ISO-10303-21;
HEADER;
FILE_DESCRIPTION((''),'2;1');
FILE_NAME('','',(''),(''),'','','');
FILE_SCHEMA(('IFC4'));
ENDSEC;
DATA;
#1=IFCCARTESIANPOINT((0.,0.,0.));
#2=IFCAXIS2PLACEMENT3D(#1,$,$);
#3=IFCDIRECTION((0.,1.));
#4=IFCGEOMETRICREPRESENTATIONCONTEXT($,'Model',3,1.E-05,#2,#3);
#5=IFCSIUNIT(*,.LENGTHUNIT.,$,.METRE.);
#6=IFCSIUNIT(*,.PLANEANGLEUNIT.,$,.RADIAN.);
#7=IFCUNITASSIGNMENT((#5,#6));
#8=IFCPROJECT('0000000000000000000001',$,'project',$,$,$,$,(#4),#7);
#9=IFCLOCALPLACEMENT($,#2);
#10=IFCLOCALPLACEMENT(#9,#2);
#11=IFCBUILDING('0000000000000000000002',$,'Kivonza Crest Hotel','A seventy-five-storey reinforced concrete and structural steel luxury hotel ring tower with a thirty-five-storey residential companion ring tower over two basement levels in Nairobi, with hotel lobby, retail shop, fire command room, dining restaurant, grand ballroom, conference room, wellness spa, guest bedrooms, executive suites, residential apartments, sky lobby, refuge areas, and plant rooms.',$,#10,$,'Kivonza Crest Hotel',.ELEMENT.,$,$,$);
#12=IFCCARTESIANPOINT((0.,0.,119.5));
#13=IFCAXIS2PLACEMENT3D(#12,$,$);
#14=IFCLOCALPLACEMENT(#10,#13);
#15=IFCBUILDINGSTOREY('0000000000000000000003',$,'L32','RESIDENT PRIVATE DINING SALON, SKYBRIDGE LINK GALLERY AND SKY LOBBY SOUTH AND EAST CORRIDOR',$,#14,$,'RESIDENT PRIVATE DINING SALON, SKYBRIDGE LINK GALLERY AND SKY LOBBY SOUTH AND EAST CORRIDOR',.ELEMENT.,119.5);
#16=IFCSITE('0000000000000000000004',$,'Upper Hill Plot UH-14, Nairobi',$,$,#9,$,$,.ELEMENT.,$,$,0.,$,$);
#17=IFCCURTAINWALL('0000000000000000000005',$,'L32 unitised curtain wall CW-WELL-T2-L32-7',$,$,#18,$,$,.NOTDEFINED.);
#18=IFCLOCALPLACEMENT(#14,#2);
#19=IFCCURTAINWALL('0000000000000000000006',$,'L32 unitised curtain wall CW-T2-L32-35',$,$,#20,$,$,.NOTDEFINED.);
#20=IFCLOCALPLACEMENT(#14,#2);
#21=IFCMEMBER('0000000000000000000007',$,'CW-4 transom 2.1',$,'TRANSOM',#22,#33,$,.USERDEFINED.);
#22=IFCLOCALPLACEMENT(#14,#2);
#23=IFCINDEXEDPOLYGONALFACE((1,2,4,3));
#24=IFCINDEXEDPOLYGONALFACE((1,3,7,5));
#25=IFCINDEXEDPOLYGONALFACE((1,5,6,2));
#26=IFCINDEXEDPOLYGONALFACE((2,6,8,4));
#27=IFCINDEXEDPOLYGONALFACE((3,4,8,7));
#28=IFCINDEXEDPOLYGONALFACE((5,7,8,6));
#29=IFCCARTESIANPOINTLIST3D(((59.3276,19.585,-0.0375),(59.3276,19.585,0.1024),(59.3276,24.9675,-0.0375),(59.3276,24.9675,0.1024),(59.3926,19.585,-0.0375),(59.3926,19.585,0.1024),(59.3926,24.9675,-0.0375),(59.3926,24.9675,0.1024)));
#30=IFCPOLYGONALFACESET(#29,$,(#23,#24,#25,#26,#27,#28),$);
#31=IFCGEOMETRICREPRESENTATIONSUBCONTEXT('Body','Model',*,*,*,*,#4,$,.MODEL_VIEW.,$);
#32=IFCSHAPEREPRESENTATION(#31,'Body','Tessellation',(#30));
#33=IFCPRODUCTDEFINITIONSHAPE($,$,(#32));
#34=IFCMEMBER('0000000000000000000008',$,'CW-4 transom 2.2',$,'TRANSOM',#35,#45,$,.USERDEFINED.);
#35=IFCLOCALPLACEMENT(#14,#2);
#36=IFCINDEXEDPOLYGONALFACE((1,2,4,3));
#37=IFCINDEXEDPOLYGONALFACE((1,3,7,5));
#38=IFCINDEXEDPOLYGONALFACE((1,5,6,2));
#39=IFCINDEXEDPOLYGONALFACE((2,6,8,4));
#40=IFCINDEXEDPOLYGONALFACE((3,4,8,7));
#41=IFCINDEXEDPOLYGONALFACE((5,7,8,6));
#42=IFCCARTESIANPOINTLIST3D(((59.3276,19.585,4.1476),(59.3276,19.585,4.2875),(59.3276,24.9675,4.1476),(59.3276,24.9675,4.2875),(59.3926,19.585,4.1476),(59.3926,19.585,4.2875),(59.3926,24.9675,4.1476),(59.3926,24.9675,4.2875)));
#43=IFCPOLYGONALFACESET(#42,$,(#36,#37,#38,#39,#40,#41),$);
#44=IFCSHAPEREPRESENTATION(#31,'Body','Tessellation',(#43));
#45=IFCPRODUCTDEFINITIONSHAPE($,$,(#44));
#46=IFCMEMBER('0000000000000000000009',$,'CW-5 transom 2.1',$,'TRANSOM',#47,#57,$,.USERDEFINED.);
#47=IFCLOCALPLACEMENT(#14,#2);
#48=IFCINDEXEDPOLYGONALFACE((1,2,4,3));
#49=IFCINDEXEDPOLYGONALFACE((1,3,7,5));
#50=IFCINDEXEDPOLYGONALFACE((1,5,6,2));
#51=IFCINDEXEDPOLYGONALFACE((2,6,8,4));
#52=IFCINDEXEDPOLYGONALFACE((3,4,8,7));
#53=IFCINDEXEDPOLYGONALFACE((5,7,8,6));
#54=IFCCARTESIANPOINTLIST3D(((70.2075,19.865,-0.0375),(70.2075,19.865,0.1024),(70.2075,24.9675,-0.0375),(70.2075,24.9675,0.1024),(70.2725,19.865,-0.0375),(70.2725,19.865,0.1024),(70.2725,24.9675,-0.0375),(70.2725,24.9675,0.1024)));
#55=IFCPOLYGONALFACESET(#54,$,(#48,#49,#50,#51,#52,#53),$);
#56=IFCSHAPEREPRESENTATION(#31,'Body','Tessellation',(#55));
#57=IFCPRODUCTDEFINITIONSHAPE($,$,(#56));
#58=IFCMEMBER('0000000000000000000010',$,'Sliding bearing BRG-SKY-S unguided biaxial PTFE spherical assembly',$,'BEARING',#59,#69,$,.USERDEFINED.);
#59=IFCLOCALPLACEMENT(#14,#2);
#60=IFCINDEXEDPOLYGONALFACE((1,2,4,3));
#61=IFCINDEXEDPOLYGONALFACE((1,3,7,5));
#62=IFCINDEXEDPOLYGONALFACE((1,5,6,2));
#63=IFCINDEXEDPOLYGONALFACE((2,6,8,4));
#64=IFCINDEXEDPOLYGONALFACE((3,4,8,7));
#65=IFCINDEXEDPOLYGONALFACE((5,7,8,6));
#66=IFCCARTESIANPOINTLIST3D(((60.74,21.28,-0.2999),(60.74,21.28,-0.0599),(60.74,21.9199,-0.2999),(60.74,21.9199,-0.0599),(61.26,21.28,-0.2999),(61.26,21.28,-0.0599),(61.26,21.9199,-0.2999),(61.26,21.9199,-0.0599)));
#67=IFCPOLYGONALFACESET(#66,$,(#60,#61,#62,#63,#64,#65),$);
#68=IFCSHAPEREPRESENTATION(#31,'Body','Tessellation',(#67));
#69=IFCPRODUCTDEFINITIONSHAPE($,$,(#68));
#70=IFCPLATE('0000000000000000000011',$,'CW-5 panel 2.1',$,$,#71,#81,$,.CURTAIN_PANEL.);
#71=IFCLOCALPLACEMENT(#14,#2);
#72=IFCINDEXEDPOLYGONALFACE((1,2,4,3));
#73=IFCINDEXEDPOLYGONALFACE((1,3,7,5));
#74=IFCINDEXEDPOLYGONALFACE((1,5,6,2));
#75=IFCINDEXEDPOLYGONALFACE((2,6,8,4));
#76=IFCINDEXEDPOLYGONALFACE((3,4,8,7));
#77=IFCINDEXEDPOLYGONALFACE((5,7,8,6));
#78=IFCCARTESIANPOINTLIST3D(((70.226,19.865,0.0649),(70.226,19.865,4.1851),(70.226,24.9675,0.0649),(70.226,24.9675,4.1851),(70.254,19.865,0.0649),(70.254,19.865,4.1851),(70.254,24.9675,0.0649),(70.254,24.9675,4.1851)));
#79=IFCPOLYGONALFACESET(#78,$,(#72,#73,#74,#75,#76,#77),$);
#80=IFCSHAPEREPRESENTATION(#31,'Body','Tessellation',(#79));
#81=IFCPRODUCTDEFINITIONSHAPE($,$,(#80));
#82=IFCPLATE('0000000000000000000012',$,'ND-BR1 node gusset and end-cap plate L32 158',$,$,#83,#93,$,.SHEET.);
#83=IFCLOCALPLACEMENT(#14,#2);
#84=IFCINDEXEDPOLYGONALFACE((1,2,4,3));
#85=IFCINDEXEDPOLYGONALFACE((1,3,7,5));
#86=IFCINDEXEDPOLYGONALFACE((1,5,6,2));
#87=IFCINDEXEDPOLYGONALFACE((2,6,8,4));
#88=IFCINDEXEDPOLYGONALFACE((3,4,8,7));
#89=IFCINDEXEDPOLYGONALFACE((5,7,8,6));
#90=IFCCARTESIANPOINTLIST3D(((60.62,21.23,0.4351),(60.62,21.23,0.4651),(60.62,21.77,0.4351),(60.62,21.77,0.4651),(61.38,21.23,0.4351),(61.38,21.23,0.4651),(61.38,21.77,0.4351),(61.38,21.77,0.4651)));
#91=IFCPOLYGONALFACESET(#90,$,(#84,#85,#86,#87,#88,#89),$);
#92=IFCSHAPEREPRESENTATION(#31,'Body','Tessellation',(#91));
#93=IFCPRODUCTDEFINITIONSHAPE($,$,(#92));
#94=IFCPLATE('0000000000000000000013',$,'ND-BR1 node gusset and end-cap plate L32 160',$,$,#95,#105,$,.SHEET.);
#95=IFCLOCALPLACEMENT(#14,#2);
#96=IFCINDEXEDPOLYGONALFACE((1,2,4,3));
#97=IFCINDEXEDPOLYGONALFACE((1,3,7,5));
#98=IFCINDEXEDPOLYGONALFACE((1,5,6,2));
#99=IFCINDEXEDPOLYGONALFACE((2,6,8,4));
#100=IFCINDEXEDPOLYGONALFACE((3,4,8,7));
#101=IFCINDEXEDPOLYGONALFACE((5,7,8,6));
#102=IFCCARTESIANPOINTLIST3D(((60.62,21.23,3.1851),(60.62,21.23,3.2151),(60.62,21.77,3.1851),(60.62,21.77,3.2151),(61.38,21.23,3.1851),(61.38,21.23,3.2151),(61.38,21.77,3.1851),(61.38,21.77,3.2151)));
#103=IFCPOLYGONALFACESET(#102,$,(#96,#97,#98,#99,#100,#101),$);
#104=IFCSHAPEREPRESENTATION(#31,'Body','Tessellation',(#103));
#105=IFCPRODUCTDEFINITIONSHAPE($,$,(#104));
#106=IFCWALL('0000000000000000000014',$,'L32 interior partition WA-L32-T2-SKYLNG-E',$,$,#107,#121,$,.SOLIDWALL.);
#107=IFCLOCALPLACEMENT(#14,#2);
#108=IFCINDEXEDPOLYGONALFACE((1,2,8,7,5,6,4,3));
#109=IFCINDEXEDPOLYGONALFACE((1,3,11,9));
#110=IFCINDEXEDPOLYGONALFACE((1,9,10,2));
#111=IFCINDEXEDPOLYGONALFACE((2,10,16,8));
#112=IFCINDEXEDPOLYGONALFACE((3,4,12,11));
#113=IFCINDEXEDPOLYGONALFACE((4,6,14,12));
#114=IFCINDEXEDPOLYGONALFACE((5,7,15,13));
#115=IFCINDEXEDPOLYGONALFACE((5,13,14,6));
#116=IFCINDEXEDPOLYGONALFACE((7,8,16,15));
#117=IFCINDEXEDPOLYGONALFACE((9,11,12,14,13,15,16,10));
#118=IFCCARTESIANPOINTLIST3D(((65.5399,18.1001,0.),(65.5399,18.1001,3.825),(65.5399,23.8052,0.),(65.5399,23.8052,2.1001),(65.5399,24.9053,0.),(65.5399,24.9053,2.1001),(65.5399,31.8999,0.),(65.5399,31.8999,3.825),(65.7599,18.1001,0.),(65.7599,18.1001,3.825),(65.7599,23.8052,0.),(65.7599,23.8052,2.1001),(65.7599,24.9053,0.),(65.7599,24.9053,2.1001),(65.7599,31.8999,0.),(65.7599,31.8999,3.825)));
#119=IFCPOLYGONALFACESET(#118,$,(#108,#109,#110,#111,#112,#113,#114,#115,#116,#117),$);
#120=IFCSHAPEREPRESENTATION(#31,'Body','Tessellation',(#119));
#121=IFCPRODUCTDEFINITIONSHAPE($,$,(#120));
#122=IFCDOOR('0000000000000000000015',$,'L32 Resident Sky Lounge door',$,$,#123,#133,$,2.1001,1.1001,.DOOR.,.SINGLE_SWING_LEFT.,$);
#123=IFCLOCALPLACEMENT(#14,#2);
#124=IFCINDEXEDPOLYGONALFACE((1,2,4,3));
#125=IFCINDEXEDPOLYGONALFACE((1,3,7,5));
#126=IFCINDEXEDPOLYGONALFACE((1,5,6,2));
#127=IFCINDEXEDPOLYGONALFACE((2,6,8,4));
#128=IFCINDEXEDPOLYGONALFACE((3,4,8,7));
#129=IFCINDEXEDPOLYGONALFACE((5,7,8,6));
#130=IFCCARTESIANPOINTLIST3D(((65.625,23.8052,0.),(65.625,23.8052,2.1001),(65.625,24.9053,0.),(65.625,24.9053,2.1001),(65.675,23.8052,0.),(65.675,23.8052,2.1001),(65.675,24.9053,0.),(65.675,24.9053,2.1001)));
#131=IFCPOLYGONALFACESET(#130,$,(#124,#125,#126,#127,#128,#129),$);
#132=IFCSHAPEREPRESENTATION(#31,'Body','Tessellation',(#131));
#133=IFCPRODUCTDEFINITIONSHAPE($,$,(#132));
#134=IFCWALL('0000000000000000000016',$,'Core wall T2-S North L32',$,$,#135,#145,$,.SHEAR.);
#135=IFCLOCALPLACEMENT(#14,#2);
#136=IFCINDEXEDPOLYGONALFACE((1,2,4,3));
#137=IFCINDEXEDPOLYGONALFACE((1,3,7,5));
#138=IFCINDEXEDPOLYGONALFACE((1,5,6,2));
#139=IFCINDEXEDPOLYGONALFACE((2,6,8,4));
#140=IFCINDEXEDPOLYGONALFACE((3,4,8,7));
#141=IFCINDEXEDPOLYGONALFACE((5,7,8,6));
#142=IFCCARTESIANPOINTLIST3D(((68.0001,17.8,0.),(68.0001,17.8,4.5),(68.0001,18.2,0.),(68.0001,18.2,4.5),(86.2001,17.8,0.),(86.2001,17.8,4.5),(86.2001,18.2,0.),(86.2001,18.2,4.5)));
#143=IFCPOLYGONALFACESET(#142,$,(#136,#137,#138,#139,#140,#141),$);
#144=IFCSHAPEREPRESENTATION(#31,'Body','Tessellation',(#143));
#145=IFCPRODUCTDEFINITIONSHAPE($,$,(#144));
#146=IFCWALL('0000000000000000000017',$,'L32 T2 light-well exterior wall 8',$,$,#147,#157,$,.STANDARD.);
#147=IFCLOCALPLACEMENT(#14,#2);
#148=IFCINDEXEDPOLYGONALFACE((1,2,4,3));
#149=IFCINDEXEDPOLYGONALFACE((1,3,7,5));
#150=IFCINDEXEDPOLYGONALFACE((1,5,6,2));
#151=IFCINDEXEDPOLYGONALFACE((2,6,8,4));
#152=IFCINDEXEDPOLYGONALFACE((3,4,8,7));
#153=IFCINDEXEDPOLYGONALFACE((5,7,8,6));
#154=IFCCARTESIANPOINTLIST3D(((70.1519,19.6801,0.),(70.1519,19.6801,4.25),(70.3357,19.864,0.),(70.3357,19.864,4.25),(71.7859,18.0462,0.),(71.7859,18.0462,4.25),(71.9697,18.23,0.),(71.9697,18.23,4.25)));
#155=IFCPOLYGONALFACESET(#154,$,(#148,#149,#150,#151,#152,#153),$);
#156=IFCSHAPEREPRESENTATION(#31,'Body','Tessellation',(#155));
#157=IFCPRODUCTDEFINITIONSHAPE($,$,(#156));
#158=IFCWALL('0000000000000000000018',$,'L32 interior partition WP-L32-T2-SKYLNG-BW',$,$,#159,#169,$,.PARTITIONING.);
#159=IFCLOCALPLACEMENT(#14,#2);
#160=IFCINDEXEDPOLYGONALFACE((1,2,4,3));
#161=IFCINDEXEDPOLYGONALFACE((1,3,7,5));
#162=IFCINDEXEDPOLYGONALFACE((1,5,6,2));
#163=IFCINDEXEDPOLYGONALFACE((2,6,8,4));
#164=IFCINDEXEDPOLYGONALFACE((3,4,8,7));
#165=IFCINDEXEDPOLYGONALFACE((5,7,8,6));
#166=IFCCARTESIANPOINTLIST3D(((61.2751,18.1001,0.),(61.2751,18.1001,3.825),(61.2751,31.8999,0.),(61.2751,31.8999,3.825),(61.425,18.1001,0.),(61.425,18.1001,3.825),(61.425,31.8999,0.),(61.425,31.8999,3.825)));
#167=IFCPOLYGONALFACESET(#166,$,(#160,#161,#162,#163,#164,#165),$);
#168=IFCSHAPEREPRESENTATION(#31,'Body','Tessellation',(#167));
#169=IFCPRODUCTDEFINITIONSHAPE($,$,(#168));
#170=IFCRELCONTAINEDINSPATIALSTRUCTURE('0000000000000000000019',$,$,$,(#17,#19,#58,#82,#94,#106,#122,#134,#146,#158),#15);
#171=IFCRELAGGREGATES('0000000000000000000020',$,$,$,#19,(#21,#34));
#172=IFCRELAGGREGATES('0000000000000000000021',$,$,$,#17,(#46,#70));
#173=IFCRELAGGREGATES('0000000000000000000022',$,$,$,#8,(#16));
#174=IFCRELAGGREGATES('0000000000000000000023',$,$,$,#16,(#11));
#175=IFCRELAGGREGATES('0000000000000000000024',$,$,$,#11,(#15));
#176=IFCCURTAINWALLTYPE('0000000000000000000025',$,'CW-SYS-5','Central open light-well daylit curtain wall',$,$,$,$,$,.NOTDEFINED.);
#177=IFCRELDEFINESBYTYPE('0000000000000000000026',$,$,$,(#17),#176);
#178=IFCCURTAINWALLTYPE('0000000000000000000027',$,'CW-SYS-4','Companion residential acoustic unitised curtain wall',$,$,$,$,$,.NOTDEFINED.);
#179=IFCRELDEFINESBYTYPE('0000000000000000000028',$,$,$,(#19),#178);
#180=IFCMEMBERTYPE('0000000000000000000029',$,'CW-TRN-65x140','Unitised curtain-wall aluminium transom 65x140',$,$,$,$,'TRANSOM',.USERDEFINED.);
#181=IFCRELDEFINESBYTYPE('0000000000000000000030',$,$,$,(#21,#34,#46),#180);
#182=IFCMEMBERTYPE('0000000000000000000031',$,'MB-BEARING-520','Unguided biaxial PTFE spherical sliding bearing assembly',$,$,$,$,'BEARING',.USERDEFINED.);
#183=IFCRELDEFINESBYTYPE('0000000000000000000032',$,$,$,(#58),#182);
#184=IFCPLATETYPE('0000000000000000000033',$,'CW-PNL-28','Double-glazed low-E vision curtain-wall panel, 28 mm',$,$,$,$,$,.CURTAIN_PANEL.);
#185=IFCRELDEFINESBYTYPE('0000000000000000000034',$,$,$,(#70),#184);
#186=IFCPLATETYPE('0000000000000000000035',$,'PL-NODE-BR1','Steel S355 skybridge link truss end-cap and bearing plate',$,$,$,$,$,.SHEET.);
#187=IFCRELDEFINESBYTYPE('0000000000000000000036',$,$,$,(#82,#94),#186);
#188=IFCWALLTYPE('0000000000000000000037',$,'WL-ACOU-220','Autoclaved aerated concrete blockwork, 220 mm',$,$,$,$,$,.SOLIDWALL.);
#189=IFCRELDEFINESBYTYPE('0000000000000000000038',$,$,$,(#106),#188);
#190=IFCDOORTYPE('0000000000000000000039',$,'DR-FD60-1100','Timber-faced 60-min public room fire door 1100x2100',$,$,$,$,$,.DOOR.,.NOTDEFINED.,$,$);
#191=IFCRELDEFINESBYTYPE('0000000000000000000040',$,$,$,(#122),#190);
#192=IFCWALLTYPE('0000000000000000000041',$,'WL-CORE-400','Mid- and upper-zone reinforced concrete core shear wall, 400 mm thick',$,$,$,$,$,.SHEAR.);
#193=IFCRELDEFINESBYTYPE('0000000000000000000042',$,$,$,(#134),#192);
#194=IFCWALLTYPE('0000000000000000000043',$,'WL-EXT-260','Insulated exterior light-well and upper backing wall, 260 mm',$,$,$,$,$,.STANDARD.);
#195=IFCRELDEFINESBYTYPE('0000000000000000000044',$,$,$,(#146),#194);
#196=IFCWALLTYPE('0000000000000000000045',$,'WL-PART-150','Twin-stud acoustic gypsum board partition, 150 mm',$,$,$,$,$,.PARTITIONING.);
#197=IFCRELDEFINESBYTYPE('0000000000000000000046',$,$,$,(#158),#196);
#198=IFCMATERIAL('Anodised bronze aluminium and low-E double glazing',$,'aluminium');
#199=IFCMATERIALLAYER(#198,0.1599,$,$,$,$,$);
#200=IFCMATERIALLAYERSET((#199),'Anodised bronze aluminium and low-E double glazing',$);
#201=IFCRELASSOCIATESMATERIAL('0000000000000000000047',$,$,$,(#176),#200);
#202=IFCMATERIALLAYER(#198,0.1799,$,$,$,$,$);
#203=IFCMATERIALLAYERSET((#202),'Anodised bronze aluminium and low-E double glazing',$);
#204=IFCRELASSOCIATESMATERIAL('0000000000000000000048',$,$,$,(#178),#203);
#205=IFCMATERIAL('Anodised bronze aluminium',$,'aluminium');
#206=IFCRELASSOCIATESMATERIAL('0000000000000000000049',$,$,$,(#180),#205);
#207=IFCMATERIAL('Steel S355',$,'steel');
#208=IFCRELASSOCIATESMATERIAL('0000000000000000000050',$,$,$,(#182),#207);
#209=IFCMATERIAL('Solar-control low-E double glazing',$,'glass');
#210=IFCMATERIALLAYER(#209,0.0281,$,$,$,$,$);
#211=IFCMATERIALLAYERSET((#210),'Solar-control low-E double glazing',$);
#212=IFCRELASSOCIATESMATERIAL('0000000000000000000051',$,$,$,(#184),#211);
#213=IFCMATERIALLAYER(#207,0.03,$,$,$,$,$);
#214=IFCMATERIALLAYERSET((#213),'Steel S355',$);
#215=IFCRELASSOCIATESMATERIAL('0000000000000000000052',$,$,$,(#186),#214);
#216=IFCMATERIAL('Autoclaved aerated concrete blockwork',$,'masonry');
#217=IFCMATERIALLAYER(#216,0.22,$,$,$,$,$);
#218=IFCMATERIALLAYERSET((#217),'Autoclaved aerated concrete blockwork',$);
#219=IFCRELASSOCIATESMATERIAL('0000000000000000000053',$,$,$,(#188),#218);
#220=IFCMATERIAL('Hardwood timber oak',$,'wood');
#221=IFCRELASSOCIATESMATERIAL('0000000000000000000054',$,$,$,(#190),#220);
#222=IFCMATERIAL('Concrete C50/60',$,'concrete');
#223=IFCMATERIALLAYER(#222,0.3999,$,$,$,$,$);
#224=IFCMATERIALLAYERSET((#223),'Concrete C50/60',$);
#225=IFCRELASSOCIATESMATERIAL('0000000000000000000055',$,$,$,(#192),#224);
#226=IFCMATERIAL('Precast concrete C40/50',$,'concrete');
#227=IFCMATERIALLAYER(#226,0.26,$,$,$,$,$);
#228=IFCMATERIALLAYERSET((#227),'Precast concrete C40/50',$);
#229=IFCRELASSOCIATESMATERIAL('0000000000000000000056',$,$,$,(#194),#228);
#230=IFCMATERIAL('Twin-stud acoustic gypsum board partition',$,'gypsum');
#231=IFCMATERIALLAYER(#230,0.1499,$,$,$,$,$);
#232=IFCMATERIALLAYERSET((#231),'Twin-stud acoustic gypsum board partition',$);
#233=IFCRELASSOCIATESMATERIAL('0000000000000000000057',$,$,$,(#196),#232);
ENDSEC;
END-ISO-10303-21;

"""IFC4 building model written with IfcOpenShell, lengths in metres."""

from ifc_helpers import new_model, si_unit, direction, frame, frame_2d, origin, origin_2d, place, context, subcontext, project, spatial, rectangle, extrude, material, layer, layer_set, material_profile, profile_set, type_object, element, fill, aggregate, save


model = new_model("IFC4")

# Units and contexts
model_context = context("Model", 3, precision=1e-05, world=origin(), true_north=direction((0.0, 1.0)))
body_context = subcontext(model_context, "Body", "Model", "MODEL_VIEW")
ifc_project = project(units=[si_unit("LENGTHUNIT", "METRE"), si_unit("PLANEANGLEUNIT", "RADIAN")], contexts=[model_context])

# Site, building, storey
site_placement = place(None, origin())
site = spatial("IfcSite", under=ifc_project, at=site_placement, Name="Upper Hill Plot UH-14, Nairobi", CompositionType="ELEMENT", RefElevation=0.0)
building_placement = place(site_placement, origin())
building = spatial("IfcBuilding", under=site, at=building_placement, Name="Kivonza Crest Hotel", Description="A seventy-five-storey reinforced concrete and structural steel luxury hotel ring tower with a thirty-five-storey residential companion ring tower over two basement levels in Nairobi, with hotel lobby, retail shop, fire command room, dining restaurant, grand ballroom, conference room, wellness spa, guest bedrooms, executive suites, residential apartments, sky lobby, refuge areas, and plant rooms.", LongName="Kivonza Crest Hotel", CompositionType="ELEMENT")
storey_placement = place(building_placement, frame((0.0, 0.0, 119.5)))
storey = spatial("IfcBuildingStorey", under=building, at=storey_placement, Name="L32", Description="RESIDENT PRIVATE DINING SALON, SKYBRIDGE LINK GALLERY AND SKY LOBBY SOUTH AND EAST CORRIDOR", LongName="RESIDENT PRIVATE DINING SALON, SKYBRIDGE LINK GALLERY AND SKY LOBBY SOUTH AND EAST CORRIDOR", CompositionType="ELEMENT", Elevation=119.5)

# Shared definitions
ifc_material_1 = material(Name="Concrete C50/60", Category="concrete")

# Shared definitions
ifc_material_2 = material(Name="Steel S355", Category="steel")

# Curtain wall
ifc_material_3 = material(Name="Anodised bronze aluminium and low-E double glazing", Category="aluminium")
ifc_layer_1 = layer(ifc_material_3, 0.1599)
ifc_layer_set_1 = layer_set([ifc_layer_1], Name="Anodised bronze aluminium and low-E double glazing")
curtain_wall_type_1 = type_object("IfcCurtainWallType", Name="CW-SYS-5", Description="Central open light-well daylit curtain wall", PredefinedType="NOTDEFINED", material=ifc_layer_set_1)
curtain_wall_1_placement = place(storey_placement, origin())
curtain_wall_1 = element("IfcCurtainWall", 1, at=curtain_wall_1_placement, inside=storey, type_object=curtain_wall_type_1, Name="L32 unitised curtain wall CW-WELL-T2-L32-7", PredefinedType="NOTDEFINED")
ifc_material_4 = material(Name="Anodised bronze aluminium", Category="aluminium")

# Curtain wall, members
ifc_layer_2 = layer(ifc_material_3, 0.1799)
ifc_layer_set_2 = layer_set([ifc_layer_2], Name="Anodised bronze aluminium and low-E double glazing")
curtain_wall_type_2 = type_object("IfcCurtainWallType", Name="CW-SYS-4", Description="Companion residential acoustic unitised curtain wall", PredefinedType="NOTDEFINED", material=ifc_layer_set_2)
curtain_wall_2_placement = place(storey_placement, origin())
curtain_wall_2 = element("IfcCurtainWall", 2, at=curtain_wall_2_placement, inside=storey, type_object=curtain_wall_type_2, Name="L32 unitised curtain wall CW-T2-L32-35", PredefinedType="NOTDEFINED")
ifc_material_profile_1 = material_profile(ifc_material_4, rectangle(XDim=0.0649, YDim=0.1399, at=origin_2d()), Name="CW-T 65x140")
ifc_profile_set_1 = profile_set([ifc_material_profile_1], Name="Anodised bronze aluminium")
member_type_1 = type_object("IfcMemberType", Name="CW-TRN-65x140", Description="Unitised curtain-wall aluminium transom 65x140", ElementType="TRANSOM", PredefinedType="USERDEFINED", material=ifc_profile_set_1)
member_1_placement = place(storey_placement, frame((59.3601, 24.9675, 0.0325), z_axis=(0.0, -1.0, 0.0), x_axis=(1.0, 0.0, 0.0)))
member_1 = element("IfcMember", 3, at=member_1_placement, type_object=member_type_1, Name="CW-4 transom 2.1", ObjectType="TRANSOM", PredefinedType="USERDEFINED", context=body_context, shape_type="SweptSolid", body=[
    extrude(rectangle(XDim=0.0649, YDim=0.1399, at=origin_2d()), origin(), (0.0, 0.0, 1.0), 5.3826),
])
member_2_placement = place(storey_placement, frame((59.3601, 24.9675, 4.2175), z_axis=(0.0, -1.0, 0.0), x_axis=(1.0, 0.0, 0.0)))
member_2 = element("IfcMember", 4, at=member_2_placement, type_object=member_type_1, Name="CW-4 transom 2.2", ObjectType="TRANSOM", PredefinedType="USERDEFINED", context=body_context, shape_type="SweptSolid", body=[
    extrude(rectangle(XDim=0.0649, YDim=0.1399, at=origin_2d()), origin(), (0.0, 0.0, 1.0), 5.3826),
])
aggregate(curtain_wall_2, [member_1, member_2])

# Members
member_3_placement = place(storey_placement, frame((70.24, 24.9675, 0.0325), z_axis=(0.0, -1.0, 0.0), x_axis=(1.0, 0.0, 0.0)))
member_3 = element("IfcMember", 5, at=member_3_placement, type_object=member_type_1, Name="CW-5 transom 2.1", ObjectType="TRANSOM", PredefinedType="USERDEFINED", context=body_context, shape_type="SweptSolid", body=[
    extrude(rectangle(XDim=0.0649, YDim=0.1399, at=origin_2d()), origin(), (0.0, 0.0, 1.0), 5.1025),
])
ifc_material_profile_2 = material_profile(ifc_material_2, rectangle(XDim=0.52, YDim=0.24, at=origin_2d()), Name="BEARING 520x240")
ifc_profile_set_2 = profile_set([ifc_material_profile_2], Name="Steel S355")
member_type_2 = type_object("IfcMemberType", Name="MB-BEARING-520", Description="Unguided biaxial PTFE spherical sliding bearing assembly", ElementType="BEARING", PredefinedType="USERDEFINED", material=ifc_profile_set_2)
member_4_placement = place(storey_placement, frame((61.0, 21.28, -0.1799), z_axis=(0.0, 1.0, 0.0), x_axis=(-1.0, 0.0, 0.0)))
element("IfcMember", 6, at=member_4_placement, inside=storey, type_object=member_type_2, Name="Sliding bearing BRG-SKY-S unguided biaxial PTFE spherical assembly", ObjectType="BEARING", PredefinedType="USERDEFINED", context=body_context, shape_type="SweptSolid", body=[
    extrude(rectangle(XDim=0.52, YDim=0.24, at=origin_2d()), origin(), (0.0, 0.0, 1.0), 0.6399),
])

# Plate
ifc_material_5 = material(Name="Solar-control low-E double glazing", Category="glass")
ifc_layer_3 = layer(ifc_material_5, 0.0281)
ifc_layer_set_3 = layer_set([ifc_layer_3], Name="Solar-control low-E double glazing")
plate_type_1 = type_object("IfcPlateType", Name="CW-PNL-28", Description="Double-glazed low-E vision curtain-wall panel, 28 mm", PredefinedType="CURTAIN_PANEL", material=ifc_layer_set_3)
plate_placement = place(storey_placement, frame((70.24, 22.4163, 0.0649), z_axis=(0.0, 0.0, 1.0), x_axis=(0.0, -1.0, 0.0)))
plate = element("IfcPlate", 7, at=plate_placement, type_object=plate_type_1, Name="CW-5 panel 2.1", PredefinedType="CURTAIN_PANEL", context=body_context, shape_type="SweptSolid", body=[
    extrude(rectangle(XDim=5.1025, YDim=0.0281, at=origin_2d()), origin(), (0.0, 0.0, 1.0), 4.1201),
])
aggregate(curtain_wall_1, [member_3, plate])

# Plates
ifc_layer_4 = layer(ifc_material_2, 0.03)
ifc_layer_set_4 = layer_set([ifc_layer_4], Name="Steel S355")
plate_type_2 = type_object("IfcPlateType", Name="PL-NODE-BR1", Description="Steel S355 skybridge link truss end-cap and bearing plate", PredefinedType="SHEET", material=ifc_layer_set_4)
for number, where, z_axis, x_axis, name in (
    (8, (61.0, 21.5, 0.4351), (0.0, 0.0, 1.0), (1.0, 0.0, 0.0), "ND-BR1 node gusset and end-cap plate L32 158"),
    (9, (61.0, 21.5, 3.1851), (0.0, 0.0, 1.0), (1.0, 0.0, 0.0), "ND-BR1 node gusset and end-cap plate L32 160"),
):
    element("IfcPlate", number, at=place(storey_placement, frame(where, z_axis=z_axis, x_axis=x_axis)), inside=storey, type_object=plate_type_2, Name=name, PredefinedType="SHEET", context=body_context, shape_type="SweptSolid", body=[
        extrude(rectangle(XDim=0.76, YDim=0.54, at=origin_2d()), origin(), (0.0, 0.0, 1.0), 0.03),
    ])

# Wall, opening, door
ifc_material_6 = material(Name="Autoclaved aerated concrete blockwork", Category="masonry")
ifc_layer_5 = layer(ifc_material_6, 0.22)
ifc_layer_set_5 = layer_set([ifc_layer_5], Name="Autoclaved aerated concrete blockwork")
wall_type_1 = type_object("IfcWallType", Name="WL-ACOU-220", Description="Autoclaved aerated concrete blockwork, 220 mm", PredefinedType="SOLIDWALL", material=ifc_layer_set_5)
wall_1_placement = place(storey_placement, frame((65.6499, 18.1001, 0.0), z_axis=(0.0, 0.0, 1.0), x_axis=(0.0, 1.0, 0.0)))
wall_1 = element("IfcWall", 10, at=wall_1_placement, inside=storey, type_object=wall_type_1, Name="L32 interior partition WA-L32-T2-SKYLNG-E", PredefinedType="SOLIDWALL", context=body_context, shape_type="SweptSolid", body=[
    extrude(rectangle(XDim=13.7998, YDim=0.22, at=frame_2d((6.8999, 0.0))), origin(), (0.0, 0.0, 1.0), 3.825),
])
opening_placement = place(wall_1_placement, frame((5.7051, 0.0, 0.0)))
opening = element("IfcOpeningElement", 11, at=opening_placement, cuts=wall_1, PredefinedType="OPENING", context=body_context, shape_type="SweptSolid", body=[
    extrude(rectangle(XDim=1.1001, YDim=2.1001, at=frame_2d((0.55, 1.05))), frame((0.0, 0.1201, 0.0), z_axis=(0.0, -1.0, 0.0), x_axis=(1.0, 0.0, 0.0)), (0.0, 0.0, 1.0), 0.24),
])
ifc_material_7 = material(Name="Hardwood timber oak", Category="wood")
door_type = type_object("IfcDoorType", Name="DR-FD60-1100", Description="Timber-faced 60-min public room fire door 1100x2100", OperationType="NOTDEFINED", PredefinedType="DOOR", material=ifc_material_7)
door_placement = place(opening_placement, origin())
door = element("IfcDoor", 12, at=door_placement, inside=storey, type_object=door_type, Name="L32 Resident Sky Lounge door", OperationType="SINGLE_SWING_LEFT", OverallHeight=2.1001, OverallWidth=1.1001, PredefinedType="DOOR", context=body_context, shape_type="SweptSolid", body=[
    extrude(rectangle(XDim=1.1001, YDim=2.1001, at=frame_2d((0.55, 1.05))), frame((0.0, 0.0249, 0.0), z_axis=(0.0, -1.0, 0.0), x_axis=(1.0, 0.0, 0.0)), (0.0, 0.0, 1.0), 0.05),
])
fill(opening, door)

# Walls
ifc_layer_6 = layer(ifc_material_1, 0.3999)
ifc_layer_set_6 = layer_set([ifc_layer_6], Name="Concrete C50/60")
wall_type_2 = type_object("IfcWallType", Name="WL-CORE-400", Description="Mid- and upper-zone reinforced concrete core shear wall, 400 mm thick", PredefinedType="SHEAR", material=ifc_layer_set_6)
wall_2_placement = place(storey_placement, frame((68.0, 18.0, 0.0), z_axis=(0.0, 0.0, 1.0), x_axis=(1.0, 0.0, 0.0)))
element("IfcWall", 13, at=wall_2_placement, inside=storey, type_object=wall_type_2, Name="Core wall T2-S North L32", PredefinedType="SHEAR", context=body_context, shape_type="SweptSolid", body=[
    extrude(rectangle(XDim=18.2, YDim=0.3999, at=frame_2d((9.1001, 0.0))), origin(), (0.0, 0.0, 1.0), 4.5),
])
ifc_material_8 = material(Name="Precast concrete C40/50", Category="concrete")
ifc_layer_7 = layer(ifc_material_8, 0.26)
ifc_layer_set_7 = layer_set([ifc_layer_7], Name="Precast concrete C40/50")
wall_type_3 = type_object("IfcWallType", Name="WL-EXT-260", Description="Insulated exterior light-well and upper backing wall, 260 mm", PredefinedType="STANDARD", material=ifc_layer_set_7)
wall_3_placement = place(storey_placement, frame((70.2439, 19.772, 0.0), z_axis=(0.0, 0.0, 1.0), x_axis=(0.707107, -0.707107, 0.0)))
element("IfcWall", 14, at=wall_3_placement, inside=storey, type_object=wall_type_3, Name="L32 T2 light-well exterior wall 8", PredefinedType="STANDARD", context=body_context, shape_type="SweptSolid", body=[
    extrude(rectangle(XDim=2.3108, YDim=0.26, at=frame_2d((1.1553, 0.0))), origin(), (0.0, 0.0, 1.0), 4.25),
])
ifc_material_9 = material(Name="Twin-stud acoustic gypsum board partition", Category="gypsum")
ifc_layer_8 = layer(ifc_material_9, 0.1499)
ifc_layer_set_8 = layer_set([ifc_layer_8], Name="Twin-stud acoustic gypsum board partition")
wall_type_4 = type_object("IfcWallType", Name="WL-PART-150", Description="Twin-stud acoustic gypsum board partition, 150 mm", PredefinedType="PARTITIONING", material=ifc_layer_set_8)
wall_4_placement = place(storey_placement, frame((61.3501, 18.1001, 0.0), z_axis=(0.0, 0.0, 1.0), x_axis=(0.0, 1.0, 0.0)))
element("IfcWall", 15, at=wall_4_placement, inside=storey, type_object=wall_type_4, Name="L32 interior partition WP-L32-T2-SKYLNG-BW", PredefinedType="PARTITIONING", context=body_context, shape_type="SweptSolid", body=[
    extrude(rectangle(XDim=13.7998, YDim=0.1499, at=frame_2d((6.8999, 0.0))), origin(), (0.0, 0.0, 1.0), 3.825),
])

save(model, "model.ifc")
